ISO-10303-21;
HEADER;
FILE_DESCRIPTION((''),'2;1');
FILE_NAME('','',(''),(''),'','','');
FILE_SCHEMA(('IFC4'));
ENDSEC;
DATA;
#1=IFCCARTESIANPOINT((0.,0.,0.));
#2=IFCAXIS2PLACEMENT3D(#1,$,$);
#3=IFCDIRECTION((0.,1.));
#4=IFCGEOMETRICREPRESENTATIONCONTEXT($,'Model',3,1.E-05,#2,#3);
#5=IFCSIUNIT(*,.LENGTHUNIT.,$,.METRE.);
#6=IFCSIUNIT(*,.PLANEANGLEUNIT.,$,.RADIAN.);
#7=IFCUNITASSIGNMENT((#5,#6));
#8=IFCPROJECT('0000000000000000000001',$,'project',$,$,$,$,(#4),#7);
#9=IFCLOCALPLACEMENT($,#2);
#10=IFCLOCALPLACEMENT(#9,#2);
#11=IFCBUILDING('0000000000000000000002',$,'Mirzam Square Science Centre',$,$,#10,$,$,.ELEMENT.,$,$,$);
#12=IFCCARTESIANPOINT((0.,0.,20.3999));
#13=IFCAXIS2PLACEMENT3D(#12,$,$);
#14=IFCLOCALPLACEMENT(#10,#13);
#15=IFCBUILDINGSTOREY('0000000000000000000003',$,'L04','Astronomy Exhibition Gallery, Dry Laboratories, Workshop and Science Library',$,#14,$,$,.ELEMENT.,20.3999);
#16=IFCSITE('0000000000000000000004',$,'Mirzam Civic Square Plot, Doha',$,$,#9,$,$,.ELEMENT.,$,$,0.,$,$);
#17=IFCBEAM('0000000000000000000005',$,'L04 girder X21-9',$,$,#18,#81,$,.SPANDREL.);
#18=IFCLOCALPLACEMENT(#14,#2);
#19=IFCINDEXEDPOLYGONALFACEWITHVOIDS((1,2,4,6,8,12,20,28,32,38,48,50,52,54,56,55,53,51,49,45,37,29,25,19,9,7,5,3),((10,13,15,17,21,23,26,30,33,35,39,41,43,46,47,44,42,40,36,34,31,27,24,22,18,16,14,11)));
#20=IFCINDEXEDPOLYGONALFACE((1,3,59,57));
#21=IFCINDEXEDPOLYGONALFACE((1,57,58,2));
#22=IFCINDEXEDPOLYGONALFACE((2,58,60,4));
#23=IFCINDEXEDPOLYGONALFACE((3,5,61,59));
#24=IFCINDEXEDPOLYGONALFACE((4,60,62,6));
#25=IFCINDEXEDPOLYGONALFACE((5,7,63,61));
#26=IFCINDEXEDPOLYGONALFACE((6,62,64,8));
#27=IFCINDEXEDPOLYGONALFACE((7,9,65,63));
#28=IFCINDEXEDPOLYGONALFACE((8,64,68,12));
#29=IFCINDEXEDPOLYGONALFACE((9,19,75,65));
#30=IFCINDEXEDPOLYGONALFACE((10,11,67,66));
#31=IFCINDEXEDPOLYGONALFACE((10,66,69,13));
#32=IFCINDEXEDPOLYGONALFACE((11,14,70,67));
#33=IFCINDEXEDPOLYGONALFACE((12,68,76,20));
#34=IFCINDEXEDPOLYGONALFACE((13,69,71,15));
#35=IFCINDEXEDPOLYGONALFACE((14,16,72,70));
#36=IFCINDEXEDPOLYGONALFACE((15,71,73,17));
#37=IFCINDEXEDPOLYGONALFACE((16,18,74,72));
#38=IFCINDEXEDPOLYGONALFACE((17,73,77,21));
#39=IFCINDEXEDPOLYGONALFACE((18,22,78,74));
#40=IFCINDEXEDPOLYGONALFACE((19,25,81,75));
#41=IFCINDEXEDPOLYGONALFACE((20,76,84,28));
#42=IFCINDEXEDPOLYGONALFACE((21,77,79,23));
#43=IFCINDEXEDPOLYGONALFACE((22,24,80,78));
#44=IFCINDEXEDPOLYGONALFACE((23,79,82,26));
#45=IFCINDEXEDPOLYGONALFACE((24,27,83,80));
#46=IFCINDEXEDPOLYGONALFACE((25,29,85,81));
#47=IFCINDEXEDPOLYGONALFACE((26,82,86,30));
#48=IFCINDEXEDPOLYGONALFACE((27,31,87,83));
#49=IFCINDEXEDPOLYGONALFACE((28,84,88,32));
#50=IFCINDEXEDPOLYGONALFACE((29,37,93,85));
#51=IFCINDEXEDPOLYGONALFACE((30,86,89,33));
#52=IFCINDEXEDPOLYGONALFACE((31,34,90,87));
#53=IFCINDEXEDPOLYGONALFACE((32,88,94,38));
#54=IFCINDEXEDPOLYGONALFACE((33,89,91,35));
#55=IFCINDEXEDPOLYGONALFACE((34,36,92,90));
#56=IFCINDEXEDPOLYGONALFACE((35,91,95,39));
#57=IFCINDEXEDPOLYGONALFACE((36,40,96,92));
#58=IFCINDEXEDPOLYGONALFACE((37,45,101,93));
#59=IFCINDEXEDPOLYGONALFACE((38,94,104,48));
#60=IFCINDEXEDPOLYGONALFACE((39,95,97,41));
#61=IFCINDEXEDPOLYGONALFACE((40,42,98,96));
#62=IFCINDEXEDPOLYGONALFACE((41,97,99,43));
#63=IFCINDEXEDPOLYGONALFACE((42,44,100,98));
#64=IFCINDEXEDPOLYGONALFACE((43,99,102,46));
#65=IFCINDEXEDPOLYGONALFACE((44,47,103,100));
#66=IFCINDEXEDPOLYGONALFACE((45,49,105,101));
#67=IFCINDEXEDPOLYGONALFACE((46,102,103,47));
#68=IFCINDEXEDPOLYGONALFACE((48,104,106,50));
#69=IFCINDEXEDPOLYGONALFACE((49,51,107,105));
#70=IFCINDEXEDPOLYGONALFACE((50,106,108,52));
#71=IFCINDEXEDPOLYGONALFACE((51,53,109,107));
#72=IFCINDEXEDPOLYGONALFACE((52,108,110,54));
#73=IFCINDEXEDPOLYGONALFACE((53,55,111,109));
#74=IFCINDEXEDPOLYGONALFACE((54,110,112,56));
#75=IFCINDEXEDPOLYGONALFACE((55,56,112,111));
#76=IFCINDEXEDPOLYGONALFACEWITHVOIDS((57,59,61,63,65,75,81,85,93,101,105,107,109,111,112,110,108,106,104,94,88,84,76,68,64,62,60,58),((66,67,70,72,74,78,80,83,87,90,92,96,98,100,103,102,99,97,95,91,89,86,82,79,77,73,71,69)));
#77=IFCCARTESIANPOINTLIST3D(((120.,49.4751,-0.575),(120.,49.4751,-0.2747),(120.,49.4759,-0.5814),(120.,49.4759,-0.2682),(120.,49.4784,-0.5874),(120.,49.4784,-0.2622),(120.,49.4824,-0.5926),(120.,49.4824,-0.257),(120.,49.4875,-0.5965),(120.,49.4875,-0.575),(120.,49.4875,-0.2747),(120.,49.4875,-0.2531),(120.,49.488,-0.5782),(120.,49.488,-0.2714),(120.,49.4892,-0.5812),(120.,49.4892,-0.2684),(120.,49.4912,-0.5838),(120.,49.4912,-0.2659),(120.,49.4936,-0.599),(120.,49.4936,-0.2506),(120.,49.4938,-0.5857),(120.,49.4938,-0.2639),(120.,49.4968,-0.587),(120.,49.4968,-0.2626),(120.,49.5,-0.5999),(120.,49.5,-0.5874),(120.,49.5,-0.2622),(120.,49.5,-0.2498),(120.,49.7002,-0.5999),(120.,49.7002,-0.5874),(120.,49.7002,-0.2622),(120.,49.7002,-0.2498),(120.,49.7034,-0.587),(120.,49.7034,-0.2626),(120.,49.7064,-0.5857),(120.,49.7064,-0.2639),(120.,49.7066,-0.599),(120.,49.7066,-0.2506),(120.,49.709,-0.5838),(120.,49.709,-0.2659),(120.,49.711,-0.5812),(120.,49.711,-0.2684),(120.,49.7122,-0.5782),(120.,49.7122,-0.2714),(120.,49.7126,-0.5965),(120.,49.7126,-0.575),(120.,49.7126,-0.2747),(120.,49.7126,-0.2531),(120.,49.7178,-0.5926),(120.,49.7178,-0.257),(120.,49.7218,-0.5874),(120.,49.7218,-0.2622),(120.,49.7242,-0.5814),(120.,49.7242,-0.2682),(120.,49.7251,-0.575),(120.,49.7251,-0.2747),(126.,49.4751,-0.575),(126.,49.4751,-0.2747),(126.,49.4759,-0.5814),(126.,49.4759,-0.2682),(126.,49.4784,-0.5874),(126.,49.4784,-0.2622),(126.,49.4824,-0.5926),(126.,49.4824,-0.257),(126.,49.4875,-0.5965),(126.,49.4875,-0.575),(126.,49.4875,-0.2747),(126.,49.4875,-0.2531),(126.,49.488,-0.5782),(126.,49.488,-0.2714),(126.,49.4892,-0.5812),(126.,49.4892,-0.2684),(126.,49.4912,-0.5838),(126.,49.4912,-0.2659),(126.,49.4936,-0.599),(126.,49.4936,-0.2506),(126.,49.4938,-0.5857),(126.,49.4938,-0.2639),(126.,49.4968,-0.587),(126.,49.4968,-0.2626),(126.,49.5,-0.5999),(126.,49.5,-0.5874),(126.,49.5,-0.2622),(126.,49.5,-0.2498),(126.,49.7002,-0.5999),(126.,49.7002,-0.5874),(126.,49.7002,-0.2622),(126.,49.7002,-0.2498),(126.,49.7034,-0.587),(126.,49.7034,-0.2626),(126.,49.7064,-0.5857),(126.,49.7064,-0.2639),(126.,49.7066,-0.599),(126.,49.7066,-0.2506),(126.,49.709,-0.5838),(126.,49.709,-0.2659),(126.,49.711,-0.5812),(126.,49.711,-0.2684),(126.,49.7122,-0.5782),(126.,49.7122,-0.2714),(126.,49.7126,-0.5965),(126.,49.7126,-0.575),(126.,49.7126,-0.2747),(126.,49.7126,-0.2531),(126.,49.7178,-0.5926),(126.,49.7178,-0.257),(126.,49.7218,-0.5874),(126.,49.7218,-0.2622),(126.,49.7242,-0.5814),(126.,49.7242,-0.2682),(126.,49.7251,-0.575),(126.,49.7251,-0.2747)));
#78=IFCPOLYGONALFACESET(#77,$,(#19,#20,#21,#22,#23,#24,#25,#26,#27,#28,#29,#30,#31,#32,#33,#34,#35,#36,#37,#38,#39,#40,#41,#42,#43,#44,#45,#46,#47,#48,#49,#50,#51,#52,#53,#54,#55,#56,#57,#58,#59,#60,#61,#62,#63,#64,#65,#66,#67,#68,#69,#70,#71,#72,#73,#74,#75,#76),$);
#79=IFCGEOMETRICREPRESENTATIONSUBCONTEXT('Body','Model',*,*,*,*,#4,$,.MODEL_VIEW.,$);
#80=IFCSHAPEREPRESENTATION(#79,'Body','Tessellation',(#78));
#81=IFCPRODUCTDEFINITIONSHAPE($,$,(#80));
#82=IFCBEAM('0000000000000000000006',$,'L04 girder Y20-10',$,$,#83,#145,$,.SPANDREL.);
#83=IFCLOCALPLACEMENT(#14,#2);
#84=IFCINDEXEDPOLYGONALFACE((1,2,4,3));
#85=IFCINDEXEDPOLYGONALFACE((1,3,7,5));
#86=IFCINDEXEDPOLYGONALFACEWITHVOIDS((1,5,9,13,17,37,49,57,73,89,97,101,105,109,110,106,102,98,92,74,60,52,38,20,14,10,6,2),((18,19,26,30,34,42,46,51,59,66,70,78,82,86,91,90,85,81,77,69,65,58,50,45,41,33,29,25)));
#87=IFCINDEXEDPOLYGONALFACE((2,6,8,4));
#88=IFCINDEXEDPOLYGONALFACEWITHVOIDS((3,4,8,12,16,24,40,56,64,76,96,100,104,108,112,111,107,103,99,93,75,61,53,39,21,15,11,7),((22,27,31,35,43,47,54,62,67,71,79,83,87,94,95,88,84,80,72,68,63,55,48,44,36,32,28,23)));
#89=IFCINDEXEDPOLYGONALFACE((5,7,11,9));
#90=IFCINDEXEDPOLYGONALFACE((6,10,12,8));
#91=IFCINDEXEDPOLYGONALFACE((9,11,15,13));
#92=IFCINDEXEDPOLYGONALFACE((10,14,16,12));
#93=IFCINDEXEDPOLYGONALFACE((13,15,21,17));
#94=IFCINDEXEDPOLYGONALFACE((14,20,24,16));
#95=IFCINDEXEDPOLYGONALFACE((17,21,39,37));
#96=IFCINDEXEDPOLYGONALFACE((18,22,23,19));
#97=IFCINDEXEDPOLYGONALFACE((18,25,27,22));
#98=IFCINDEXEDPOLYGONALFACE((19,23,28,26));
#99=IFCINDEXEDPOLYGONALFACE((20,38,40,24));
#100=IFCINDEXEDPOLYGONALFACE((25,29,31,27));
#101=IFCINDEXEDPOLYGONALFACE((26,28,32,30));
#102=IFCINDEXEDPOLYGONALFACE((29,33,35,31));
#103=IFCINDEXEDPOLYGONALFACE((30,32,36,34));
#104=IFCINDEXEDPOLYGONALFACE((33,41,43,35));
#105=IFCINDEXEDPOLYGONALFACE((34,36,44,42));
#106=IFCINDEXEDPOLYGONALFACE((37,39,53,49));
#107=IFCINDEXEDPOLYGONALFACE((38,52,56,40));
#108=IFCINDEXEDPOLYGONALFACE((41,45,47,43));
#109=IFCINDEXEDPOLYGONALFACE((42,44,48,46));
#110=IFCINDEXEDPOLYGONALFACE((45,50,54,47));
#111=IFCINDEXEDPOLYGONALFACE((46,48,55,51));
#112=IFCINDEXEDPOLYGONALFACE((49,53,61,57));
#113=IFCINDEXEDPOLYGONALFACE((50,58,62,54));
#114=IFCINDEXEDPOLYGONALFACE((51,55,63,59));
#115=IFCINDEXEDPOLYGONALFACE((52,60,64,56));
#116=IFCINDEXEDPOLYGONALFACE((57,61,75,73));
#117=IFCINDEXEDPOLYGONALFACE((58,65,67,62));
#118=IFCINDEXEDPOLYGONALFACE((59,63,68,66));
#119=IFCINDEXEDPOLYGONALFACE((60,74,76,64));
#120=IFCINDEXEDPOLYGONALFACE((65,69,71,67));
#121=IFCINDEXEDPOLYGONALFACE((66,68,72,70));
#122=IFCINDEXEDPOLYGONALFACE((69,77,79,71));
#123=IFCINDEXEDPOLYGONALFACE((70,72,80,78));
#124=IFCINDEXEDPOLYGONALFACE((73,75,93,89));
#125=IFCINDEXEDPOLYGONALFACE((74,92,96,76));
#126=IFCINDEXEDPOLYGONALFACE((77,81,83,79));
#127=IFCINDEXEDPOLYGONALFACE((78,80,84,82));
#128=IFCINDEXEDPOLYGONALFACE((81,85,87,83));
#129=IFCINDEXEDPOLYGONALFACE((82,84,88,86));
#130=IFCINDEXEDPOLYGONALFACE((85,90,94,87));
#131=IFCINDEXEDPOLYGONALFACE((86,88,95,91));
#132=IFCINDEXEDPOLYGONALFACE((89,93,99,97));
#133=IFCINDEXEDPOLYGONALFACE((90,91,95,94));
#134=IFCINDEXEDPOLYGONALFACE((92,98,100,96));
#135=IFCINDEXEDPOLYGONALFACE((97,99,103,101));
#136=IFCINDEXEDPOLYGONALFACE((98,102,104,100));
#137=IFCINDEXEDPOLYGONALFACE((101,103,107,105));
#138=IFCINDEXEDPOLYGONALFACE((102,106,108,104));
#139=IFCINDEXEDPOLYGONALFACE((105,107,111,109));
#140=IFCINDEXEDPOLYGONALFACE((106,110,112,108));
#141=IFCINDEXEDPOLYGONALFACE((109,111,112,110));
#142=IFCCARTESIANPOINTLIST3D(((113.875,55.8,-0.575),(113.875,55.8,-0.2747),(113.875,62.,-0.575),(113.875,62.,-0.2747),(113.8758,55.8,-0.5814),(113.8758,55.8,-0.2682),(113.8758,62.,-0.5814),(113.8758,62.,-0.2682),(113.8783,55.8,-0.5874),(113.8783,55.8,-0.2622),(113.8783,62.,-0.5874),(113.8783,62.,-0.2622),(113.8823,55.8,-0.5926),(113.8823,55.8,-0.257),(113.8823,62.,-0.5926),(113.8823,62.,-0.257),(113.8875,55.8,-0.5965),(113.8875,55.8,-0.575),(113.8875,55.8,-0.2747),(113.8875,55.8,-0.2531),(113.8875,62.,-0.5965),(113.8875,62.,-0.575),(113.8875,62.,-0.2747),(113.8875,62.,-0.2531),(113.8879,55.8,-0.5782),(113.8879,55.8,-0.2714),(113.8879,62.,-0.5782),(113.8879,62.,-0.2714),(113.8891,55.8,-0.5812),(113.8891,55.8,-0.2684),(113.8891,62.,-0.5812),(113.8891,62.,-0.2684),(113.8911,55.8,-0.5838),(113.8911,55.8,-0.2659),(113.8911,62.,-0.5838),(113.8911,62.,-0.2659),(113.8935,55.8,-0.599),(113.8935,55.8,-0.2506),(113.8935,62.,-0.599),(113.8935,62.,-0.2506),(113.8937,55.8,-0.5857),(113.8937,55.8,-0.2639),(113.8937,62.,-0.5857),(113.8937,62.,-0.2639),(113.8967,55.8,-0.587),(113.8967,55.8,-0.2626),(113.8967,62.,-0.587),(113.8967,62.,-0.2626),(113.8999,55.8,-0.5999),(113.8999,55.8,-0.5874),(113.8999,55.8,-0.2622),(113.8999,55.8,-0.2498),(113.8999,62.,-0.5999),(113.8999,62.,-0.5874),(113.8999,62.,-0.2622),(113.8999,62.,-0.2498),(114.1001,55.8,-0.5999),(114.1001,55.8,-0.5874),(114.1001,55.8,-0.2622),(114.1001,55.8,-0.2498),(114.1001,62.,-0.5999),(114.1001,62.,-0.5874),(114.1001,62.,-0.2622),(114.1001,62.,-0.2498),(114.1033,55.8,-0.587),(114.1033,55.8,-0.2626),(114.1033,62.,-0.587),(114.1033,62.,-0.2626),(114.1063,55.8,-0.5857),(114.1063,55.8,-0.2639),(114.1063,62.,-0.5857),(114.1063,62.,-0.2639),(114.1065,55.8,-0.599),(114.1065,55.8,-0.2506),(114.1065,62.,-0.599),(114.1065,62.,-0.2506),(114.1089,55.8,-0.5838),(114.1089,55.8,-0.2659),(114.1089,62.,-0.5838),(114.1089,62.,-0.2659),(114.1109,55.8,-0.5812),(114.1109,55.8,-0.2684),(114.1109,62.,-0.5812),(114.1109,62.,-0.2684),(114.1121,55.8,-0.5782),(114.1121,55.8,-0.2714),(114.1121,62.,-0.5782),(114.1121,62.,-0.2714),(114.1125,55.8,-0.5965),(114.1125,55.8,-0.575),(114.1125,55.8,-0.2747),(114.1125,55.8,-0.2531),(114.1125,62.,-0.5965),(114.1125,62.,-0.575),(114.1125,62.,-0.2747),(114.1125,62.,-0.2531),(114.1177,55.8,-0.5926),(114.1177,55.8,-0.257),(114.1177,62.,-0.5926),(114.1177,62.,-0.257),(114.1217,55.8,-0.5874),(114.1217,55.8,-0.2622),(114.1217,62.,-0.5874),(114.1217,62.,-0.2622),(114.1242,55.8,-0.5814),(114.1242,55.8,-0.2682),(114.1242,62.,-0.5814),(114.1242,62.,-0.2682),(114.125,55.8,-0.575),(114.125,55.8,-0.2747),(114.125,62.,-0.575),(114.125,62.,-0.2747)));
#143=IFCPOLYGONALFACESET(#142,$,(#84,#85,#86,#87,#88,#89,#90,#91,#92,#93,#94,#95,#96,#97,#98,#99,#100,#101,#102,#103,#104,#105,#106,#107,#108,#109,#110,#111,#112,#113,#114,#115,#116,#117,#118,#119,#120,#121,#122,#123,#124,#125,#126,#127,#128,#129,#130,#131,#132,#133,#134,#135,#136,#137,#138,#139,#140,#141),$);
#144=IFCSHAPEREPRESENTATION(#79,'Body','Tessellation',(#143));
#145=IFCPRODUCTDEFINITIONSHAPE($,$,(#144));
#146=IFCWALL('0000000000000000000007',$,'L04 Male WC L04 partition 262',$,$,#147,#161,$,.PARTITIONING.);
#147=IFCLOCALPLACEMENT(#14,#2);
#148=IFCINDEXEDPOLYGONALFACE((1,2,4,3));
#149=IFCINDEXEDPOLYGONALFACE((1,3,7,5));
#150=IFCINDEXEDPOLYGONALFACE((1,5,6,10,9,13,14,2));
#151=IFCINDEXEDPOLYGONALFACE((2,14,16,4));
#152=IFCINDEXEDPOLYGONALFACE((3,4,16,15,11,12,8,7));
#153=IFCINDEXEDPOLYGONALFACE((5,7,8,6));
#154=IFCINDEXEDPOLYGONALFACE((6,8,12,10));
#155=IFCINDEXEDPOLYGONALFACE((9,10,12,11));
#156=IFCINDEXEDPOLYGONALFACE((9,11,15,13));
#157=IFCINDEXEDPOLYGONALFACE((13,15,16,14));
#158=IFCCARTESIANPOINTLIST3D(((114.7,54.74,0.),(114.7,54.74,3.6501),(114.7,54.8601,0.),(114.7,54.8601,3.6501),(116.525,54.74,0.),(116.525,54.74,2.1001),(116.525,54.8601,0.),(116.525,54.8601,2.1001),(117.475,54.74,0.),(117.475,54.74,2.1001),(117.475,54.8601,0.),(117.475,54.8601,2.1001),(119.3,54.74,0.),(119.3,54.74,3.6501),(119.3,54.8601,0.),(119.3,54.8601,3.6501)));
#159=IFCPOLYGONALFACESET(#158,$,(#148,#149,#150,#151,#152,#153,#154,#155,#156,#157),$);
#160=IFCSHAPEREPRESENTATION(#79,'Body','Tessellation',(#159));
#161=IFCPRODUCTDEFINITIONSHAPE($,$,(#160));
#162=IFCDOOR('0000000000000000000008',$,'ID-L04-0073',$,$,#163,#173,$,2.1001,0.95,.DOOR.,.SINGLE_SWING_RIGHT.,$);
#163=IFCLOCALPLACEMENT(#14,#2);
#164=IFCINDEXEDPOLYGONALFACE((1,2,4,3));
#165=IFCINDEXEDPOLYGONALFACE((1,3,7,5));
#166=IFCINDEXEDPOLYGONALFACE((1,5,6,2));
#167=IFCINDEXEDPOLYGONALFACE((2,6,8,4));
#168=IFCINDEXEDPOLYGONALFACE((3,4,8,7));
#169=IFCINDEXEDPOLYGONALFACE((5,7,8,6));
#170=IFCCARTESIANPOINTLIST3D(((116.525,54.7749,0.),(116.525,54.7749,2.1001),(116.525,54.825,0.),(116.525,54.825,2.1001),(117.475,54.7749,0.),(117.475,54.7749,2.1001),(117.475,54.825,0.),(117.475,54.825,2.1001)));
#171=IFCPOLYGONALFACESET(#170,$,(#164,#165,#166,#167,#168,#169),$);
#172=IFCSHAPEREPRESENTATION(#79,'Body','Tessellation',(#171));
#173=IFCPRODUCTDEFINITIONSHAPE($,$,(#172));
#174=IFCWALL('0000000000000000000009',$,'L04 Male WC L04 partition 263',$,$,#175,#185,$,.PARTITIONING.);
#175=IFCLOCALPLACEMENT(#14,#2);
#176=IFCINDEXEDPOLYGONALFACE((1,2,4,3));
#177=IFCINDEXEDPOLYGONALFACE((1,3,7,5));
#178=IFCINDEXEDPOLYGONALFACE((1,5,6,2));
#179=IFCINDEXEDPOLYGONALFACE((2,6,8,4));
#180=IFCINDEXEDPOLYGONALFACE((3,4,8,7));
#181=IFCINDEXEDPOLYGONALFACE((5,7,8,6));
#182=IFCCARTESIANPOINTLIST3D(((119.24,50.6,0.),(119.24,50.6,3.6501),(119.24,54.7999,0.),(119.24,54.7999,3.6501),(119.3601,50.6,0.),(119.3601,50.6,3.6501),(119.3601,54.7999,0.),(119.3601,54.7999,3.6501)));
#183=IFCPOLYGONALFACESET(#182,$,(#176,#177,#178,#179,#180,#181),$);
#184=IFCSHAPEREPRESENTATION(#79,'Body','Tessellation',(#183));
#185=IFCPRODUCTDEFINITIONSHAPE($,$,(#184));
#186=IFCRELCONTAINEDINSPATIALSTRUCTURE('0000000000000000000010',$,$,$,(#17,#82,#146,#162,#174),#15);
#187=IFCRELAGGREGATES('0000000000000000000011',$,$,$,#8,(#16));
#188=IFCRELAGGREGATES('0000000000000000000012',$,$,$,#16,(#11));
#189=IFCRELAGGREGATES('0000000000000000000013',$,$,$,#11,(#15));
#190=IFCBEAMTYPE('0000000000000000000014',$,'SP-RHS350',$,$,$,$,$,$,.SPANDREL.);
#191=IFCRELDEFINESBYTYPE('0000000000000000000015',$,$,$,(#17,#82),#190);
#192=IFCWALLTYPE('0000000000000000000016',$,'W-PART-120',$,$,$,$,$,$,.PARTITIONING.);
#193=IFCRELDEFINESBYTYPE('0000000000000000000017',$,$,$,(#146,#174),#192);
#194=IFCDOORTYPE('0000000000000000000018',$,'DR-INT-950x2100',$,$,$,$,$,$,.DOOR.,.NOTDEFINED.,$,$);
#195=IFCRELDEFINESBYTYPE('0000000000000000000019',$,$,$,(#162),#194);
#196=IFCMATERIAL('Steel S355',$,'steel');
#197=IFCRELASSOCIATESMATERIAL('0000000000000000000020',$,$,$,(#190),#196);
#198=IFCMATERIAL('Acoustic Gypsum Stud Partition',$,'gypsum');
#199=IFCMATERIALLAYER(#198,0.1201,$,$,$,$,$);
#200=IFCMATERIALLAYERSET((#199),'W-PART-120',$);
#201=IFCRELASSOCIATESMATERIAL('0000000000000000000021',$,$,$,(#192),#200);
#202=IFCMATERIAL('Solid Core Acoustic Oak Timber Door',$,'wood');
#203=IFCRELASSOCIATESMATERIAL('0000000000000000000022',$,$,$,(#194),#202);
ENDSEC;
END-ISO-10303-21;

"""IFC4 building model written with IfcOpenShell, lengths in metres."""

from ifc_helpers import new_model, si_unit, direction, frame, frame_2d, origin, origin_2d, place, context, subcontext, project, spatial, rectangle, hollow_rectangle, extrude, material, layer, layer_set, material_profile, profile_set, type_object, element, fill, save


model = new_model("IFC4")

# Units and contexts
model_context = context("Model", 3, precision=1e-05, world=origin(), true_north=direction((0.0, 1.0)))
body_context = subcontext(model_context, "Body", "Model", "MODEL_VIEW")
ifc_project = project(units=[si_unit("LENGTHUNIT", "METRE"), si_unit("PLANEANGLEUNIT", "RADIAN")], contexts=[model_context])

# Site, building, storey
site_placement = place(None, origin())
site = spatial("IfcSite", under=ifc_project, at=site_placement, Name="Mirzam Civic Square Plot, Doha", CompositionType="ELEMENT", RefElevation=0.0)
building_placement = place(site_placement, origin())
building = spatial("IfcBuilding", under=site, at=building_placement, Name="Mirzam Square Science Centre", CompositionType="ELEMENT")
storey_placement = place(building_placement, frame((0.0, 0.0, 20.3999)))
storey = spatial("IfcBuildingStorey", under=building, at=storey_placement, Name="L04", Description="Astronomy Exhibition Gallery, Dry Laboratories, Workshop and Science Library", CompositionType="ELEMENT", Elevation=20.3999)

# Shared definitions
ifc_material_1 = material(Name="Steel S355", Category="steel")

# Beams
ifc_material_profile_1 = material_profile(ifc_material_1, hollow_rectangle(XDim=0.25, YDim=0.3501, WallThickness=0.0125, InnerFilletRadius=0.0125, OuterFilletRadius=0.0249, at=origin_2d()), Name="350x250x12.5RHS")
ifc_profile_set_1 = profile_set([ifc_material_profile_1], Name="Steel S355")
beam_type_1 = type_object("IfcBeamType", Name="SP-RHS350", PredefinedType="SPANDREL", material=ifc_profile_set_1)
beam_1_placement = place(storey_placement, frame((120.0, 49.6001, -0.4248), z_axis=(1.0, 0.0, 0.0), x_axis=(0.0, 1.0, 0.0)))
element("IfcBeam", 1, at=beam_1_placement, inside=storey, type_object=beam_type_1, Name="L04 girder X21-9", PredefinedType="SPANDREL", context=body_context, shape_type="SweptSolid", body=[
    extrude(hollow_rectangle(XDim=0.25, YDim=0.3501, WallThickness=0.0125, InnerFilletRadius=0.0125, OuterFilletRadius=0.0249, at=origin_2d()), origin(), (0.0, 0.0, 1.0), 6.0),
])
beam_2_placement = place(storey_placement, frame((114.0, 55.8, -0.4248), z_axis=(0.0, 1.0, 0.0), x_axis=(-1.0, 0.0, 0.0)))
element("IfcBeam", 2, at=beam_2_placement, inside=storey, type_object=beam_type_1, Name="L04 girder Y20-10", PredefinedType="SPANDREL", context=body_context, shape_type="SweptSolid", body=[
    extrude(hollow_rectangle(XDim=0.25, YDim=0.3501, WallThickness=0.0125, InnerFilletRadius=0.0125, OuterFilletRadius=0.0249, at=origin_2d()), origin(), (0.0, 0.0, 1.0), 6.2),
])

# Wall, opening, door
ifc_material_2 = material(Name="Acoustic Gypsum Stud Partition", Category="gypsum")
ifc_layer_1 = layer(ifc_material_2, 0.1201)
ifc_layer_set_1 = layer_set([ifc_layer_1], Name="W-PART-120")
wall_type_1 = type_object("IfcWallType", Name="W-PART-120", PredefinedType="PARTITIONING", material=ifc_layer_set_1)
wall_1_placement = place(storey_placement, frame((114.7, 54.8, 0.0), z_axis=(0.0, 0.0, 1.0), x_axis=(1.0, 0.0, 0.0)))
wall_1 = element("IfcWall", 3, at=wall_1_placement, inside=storey, type_object=wall_type_1, Name="L04 Male WC L04 partition 262", PredefinedType="PARTITIONING", context=body_context, shape_type="SweptSolid", body=[
    extrude(rectangle(XDim=4.6001, YDim=0.1201, at=frame_2d((2.3, 0.0))), origin(), (0.0, 0.0, 1.0), 3.6501),
])
opening_1_placement = place(wall_1_placement, frame((1.825, 0.0, 0.0)))
opening_1 = element("IfcOpeningElement", 4, at=opening_1_placement, cuts=wall_1, PredefinedType="OPENING", context=body_context, shape_type="SweptSolid", body=[
    extrude(rectangle(XDim=0.95, YDim=2.1001, at=frame_2d((0.4751, 1.05))), frame((0.0, 0.0701, 0.0), z_axis=(0.0, -1.0, 0.0), x_axis=(1.0, 0.0, 0.0)), (0.0, 0.0, 1.0), 0.1401),
])
ifc_material_3 = material(Name="Solid Core Acoustic Oak Timber Door", Category="wood")
door_type_1 = type_object("IfcDoorType", Name="DR-INT-950x2100", OperationType="NOTDEFINED", PredefinedType="DOOR", material=ifc_material_3)
door_1_placement = place(opening_1_placement, origin())
door_1 = element("IfcDoor", 5, at=door_1_placement, inside=storey, type_object=door_type_1, Name="ID-L04-0073", OperationType="SINGLE_SWING_RIGHT", OverallHeight=2.1001, OverallWidth=0.95, PredefinedType="DOOR", context=body_context, shape_type="SweptSolid", body=[
    extrude(rectangle(XDim=0.95, YDim=2.1001, at=frame_2d((0.4751, 1.05))), frame((0.0, 0.0249, 0.0), z_axis=(0.0, -1.0, 0.0), x_axis=(1.0, 0.0, 0.0)), (0.0, 0.0, 1.0), 0.05),
])
fill(opening_1, door_1)

# Wall
wall_2_placement = place(storey_placement, frame((119.3, 54.8, 0.0), z_axis=(0.0, 0.0, 1.0), x_axis=(0.0, -1.0, 0.0)))
element("IfcWall", 6, at=wall_2_placement, inside=storey, type_object=wall_type_1, Name="L04 Male WC L04 partition 263", PredefinedType="PARTITIONING", context=body_context, shape_type="SweptSolid", body=[
    extrude(rectangle(XDim=4.2, YDim=0.1201, at=frame_2d((2.1001, 0.0))), origin(), (0.0, 0.0, 1.0), 3.6501),
])

save(model, "model.ifc")
